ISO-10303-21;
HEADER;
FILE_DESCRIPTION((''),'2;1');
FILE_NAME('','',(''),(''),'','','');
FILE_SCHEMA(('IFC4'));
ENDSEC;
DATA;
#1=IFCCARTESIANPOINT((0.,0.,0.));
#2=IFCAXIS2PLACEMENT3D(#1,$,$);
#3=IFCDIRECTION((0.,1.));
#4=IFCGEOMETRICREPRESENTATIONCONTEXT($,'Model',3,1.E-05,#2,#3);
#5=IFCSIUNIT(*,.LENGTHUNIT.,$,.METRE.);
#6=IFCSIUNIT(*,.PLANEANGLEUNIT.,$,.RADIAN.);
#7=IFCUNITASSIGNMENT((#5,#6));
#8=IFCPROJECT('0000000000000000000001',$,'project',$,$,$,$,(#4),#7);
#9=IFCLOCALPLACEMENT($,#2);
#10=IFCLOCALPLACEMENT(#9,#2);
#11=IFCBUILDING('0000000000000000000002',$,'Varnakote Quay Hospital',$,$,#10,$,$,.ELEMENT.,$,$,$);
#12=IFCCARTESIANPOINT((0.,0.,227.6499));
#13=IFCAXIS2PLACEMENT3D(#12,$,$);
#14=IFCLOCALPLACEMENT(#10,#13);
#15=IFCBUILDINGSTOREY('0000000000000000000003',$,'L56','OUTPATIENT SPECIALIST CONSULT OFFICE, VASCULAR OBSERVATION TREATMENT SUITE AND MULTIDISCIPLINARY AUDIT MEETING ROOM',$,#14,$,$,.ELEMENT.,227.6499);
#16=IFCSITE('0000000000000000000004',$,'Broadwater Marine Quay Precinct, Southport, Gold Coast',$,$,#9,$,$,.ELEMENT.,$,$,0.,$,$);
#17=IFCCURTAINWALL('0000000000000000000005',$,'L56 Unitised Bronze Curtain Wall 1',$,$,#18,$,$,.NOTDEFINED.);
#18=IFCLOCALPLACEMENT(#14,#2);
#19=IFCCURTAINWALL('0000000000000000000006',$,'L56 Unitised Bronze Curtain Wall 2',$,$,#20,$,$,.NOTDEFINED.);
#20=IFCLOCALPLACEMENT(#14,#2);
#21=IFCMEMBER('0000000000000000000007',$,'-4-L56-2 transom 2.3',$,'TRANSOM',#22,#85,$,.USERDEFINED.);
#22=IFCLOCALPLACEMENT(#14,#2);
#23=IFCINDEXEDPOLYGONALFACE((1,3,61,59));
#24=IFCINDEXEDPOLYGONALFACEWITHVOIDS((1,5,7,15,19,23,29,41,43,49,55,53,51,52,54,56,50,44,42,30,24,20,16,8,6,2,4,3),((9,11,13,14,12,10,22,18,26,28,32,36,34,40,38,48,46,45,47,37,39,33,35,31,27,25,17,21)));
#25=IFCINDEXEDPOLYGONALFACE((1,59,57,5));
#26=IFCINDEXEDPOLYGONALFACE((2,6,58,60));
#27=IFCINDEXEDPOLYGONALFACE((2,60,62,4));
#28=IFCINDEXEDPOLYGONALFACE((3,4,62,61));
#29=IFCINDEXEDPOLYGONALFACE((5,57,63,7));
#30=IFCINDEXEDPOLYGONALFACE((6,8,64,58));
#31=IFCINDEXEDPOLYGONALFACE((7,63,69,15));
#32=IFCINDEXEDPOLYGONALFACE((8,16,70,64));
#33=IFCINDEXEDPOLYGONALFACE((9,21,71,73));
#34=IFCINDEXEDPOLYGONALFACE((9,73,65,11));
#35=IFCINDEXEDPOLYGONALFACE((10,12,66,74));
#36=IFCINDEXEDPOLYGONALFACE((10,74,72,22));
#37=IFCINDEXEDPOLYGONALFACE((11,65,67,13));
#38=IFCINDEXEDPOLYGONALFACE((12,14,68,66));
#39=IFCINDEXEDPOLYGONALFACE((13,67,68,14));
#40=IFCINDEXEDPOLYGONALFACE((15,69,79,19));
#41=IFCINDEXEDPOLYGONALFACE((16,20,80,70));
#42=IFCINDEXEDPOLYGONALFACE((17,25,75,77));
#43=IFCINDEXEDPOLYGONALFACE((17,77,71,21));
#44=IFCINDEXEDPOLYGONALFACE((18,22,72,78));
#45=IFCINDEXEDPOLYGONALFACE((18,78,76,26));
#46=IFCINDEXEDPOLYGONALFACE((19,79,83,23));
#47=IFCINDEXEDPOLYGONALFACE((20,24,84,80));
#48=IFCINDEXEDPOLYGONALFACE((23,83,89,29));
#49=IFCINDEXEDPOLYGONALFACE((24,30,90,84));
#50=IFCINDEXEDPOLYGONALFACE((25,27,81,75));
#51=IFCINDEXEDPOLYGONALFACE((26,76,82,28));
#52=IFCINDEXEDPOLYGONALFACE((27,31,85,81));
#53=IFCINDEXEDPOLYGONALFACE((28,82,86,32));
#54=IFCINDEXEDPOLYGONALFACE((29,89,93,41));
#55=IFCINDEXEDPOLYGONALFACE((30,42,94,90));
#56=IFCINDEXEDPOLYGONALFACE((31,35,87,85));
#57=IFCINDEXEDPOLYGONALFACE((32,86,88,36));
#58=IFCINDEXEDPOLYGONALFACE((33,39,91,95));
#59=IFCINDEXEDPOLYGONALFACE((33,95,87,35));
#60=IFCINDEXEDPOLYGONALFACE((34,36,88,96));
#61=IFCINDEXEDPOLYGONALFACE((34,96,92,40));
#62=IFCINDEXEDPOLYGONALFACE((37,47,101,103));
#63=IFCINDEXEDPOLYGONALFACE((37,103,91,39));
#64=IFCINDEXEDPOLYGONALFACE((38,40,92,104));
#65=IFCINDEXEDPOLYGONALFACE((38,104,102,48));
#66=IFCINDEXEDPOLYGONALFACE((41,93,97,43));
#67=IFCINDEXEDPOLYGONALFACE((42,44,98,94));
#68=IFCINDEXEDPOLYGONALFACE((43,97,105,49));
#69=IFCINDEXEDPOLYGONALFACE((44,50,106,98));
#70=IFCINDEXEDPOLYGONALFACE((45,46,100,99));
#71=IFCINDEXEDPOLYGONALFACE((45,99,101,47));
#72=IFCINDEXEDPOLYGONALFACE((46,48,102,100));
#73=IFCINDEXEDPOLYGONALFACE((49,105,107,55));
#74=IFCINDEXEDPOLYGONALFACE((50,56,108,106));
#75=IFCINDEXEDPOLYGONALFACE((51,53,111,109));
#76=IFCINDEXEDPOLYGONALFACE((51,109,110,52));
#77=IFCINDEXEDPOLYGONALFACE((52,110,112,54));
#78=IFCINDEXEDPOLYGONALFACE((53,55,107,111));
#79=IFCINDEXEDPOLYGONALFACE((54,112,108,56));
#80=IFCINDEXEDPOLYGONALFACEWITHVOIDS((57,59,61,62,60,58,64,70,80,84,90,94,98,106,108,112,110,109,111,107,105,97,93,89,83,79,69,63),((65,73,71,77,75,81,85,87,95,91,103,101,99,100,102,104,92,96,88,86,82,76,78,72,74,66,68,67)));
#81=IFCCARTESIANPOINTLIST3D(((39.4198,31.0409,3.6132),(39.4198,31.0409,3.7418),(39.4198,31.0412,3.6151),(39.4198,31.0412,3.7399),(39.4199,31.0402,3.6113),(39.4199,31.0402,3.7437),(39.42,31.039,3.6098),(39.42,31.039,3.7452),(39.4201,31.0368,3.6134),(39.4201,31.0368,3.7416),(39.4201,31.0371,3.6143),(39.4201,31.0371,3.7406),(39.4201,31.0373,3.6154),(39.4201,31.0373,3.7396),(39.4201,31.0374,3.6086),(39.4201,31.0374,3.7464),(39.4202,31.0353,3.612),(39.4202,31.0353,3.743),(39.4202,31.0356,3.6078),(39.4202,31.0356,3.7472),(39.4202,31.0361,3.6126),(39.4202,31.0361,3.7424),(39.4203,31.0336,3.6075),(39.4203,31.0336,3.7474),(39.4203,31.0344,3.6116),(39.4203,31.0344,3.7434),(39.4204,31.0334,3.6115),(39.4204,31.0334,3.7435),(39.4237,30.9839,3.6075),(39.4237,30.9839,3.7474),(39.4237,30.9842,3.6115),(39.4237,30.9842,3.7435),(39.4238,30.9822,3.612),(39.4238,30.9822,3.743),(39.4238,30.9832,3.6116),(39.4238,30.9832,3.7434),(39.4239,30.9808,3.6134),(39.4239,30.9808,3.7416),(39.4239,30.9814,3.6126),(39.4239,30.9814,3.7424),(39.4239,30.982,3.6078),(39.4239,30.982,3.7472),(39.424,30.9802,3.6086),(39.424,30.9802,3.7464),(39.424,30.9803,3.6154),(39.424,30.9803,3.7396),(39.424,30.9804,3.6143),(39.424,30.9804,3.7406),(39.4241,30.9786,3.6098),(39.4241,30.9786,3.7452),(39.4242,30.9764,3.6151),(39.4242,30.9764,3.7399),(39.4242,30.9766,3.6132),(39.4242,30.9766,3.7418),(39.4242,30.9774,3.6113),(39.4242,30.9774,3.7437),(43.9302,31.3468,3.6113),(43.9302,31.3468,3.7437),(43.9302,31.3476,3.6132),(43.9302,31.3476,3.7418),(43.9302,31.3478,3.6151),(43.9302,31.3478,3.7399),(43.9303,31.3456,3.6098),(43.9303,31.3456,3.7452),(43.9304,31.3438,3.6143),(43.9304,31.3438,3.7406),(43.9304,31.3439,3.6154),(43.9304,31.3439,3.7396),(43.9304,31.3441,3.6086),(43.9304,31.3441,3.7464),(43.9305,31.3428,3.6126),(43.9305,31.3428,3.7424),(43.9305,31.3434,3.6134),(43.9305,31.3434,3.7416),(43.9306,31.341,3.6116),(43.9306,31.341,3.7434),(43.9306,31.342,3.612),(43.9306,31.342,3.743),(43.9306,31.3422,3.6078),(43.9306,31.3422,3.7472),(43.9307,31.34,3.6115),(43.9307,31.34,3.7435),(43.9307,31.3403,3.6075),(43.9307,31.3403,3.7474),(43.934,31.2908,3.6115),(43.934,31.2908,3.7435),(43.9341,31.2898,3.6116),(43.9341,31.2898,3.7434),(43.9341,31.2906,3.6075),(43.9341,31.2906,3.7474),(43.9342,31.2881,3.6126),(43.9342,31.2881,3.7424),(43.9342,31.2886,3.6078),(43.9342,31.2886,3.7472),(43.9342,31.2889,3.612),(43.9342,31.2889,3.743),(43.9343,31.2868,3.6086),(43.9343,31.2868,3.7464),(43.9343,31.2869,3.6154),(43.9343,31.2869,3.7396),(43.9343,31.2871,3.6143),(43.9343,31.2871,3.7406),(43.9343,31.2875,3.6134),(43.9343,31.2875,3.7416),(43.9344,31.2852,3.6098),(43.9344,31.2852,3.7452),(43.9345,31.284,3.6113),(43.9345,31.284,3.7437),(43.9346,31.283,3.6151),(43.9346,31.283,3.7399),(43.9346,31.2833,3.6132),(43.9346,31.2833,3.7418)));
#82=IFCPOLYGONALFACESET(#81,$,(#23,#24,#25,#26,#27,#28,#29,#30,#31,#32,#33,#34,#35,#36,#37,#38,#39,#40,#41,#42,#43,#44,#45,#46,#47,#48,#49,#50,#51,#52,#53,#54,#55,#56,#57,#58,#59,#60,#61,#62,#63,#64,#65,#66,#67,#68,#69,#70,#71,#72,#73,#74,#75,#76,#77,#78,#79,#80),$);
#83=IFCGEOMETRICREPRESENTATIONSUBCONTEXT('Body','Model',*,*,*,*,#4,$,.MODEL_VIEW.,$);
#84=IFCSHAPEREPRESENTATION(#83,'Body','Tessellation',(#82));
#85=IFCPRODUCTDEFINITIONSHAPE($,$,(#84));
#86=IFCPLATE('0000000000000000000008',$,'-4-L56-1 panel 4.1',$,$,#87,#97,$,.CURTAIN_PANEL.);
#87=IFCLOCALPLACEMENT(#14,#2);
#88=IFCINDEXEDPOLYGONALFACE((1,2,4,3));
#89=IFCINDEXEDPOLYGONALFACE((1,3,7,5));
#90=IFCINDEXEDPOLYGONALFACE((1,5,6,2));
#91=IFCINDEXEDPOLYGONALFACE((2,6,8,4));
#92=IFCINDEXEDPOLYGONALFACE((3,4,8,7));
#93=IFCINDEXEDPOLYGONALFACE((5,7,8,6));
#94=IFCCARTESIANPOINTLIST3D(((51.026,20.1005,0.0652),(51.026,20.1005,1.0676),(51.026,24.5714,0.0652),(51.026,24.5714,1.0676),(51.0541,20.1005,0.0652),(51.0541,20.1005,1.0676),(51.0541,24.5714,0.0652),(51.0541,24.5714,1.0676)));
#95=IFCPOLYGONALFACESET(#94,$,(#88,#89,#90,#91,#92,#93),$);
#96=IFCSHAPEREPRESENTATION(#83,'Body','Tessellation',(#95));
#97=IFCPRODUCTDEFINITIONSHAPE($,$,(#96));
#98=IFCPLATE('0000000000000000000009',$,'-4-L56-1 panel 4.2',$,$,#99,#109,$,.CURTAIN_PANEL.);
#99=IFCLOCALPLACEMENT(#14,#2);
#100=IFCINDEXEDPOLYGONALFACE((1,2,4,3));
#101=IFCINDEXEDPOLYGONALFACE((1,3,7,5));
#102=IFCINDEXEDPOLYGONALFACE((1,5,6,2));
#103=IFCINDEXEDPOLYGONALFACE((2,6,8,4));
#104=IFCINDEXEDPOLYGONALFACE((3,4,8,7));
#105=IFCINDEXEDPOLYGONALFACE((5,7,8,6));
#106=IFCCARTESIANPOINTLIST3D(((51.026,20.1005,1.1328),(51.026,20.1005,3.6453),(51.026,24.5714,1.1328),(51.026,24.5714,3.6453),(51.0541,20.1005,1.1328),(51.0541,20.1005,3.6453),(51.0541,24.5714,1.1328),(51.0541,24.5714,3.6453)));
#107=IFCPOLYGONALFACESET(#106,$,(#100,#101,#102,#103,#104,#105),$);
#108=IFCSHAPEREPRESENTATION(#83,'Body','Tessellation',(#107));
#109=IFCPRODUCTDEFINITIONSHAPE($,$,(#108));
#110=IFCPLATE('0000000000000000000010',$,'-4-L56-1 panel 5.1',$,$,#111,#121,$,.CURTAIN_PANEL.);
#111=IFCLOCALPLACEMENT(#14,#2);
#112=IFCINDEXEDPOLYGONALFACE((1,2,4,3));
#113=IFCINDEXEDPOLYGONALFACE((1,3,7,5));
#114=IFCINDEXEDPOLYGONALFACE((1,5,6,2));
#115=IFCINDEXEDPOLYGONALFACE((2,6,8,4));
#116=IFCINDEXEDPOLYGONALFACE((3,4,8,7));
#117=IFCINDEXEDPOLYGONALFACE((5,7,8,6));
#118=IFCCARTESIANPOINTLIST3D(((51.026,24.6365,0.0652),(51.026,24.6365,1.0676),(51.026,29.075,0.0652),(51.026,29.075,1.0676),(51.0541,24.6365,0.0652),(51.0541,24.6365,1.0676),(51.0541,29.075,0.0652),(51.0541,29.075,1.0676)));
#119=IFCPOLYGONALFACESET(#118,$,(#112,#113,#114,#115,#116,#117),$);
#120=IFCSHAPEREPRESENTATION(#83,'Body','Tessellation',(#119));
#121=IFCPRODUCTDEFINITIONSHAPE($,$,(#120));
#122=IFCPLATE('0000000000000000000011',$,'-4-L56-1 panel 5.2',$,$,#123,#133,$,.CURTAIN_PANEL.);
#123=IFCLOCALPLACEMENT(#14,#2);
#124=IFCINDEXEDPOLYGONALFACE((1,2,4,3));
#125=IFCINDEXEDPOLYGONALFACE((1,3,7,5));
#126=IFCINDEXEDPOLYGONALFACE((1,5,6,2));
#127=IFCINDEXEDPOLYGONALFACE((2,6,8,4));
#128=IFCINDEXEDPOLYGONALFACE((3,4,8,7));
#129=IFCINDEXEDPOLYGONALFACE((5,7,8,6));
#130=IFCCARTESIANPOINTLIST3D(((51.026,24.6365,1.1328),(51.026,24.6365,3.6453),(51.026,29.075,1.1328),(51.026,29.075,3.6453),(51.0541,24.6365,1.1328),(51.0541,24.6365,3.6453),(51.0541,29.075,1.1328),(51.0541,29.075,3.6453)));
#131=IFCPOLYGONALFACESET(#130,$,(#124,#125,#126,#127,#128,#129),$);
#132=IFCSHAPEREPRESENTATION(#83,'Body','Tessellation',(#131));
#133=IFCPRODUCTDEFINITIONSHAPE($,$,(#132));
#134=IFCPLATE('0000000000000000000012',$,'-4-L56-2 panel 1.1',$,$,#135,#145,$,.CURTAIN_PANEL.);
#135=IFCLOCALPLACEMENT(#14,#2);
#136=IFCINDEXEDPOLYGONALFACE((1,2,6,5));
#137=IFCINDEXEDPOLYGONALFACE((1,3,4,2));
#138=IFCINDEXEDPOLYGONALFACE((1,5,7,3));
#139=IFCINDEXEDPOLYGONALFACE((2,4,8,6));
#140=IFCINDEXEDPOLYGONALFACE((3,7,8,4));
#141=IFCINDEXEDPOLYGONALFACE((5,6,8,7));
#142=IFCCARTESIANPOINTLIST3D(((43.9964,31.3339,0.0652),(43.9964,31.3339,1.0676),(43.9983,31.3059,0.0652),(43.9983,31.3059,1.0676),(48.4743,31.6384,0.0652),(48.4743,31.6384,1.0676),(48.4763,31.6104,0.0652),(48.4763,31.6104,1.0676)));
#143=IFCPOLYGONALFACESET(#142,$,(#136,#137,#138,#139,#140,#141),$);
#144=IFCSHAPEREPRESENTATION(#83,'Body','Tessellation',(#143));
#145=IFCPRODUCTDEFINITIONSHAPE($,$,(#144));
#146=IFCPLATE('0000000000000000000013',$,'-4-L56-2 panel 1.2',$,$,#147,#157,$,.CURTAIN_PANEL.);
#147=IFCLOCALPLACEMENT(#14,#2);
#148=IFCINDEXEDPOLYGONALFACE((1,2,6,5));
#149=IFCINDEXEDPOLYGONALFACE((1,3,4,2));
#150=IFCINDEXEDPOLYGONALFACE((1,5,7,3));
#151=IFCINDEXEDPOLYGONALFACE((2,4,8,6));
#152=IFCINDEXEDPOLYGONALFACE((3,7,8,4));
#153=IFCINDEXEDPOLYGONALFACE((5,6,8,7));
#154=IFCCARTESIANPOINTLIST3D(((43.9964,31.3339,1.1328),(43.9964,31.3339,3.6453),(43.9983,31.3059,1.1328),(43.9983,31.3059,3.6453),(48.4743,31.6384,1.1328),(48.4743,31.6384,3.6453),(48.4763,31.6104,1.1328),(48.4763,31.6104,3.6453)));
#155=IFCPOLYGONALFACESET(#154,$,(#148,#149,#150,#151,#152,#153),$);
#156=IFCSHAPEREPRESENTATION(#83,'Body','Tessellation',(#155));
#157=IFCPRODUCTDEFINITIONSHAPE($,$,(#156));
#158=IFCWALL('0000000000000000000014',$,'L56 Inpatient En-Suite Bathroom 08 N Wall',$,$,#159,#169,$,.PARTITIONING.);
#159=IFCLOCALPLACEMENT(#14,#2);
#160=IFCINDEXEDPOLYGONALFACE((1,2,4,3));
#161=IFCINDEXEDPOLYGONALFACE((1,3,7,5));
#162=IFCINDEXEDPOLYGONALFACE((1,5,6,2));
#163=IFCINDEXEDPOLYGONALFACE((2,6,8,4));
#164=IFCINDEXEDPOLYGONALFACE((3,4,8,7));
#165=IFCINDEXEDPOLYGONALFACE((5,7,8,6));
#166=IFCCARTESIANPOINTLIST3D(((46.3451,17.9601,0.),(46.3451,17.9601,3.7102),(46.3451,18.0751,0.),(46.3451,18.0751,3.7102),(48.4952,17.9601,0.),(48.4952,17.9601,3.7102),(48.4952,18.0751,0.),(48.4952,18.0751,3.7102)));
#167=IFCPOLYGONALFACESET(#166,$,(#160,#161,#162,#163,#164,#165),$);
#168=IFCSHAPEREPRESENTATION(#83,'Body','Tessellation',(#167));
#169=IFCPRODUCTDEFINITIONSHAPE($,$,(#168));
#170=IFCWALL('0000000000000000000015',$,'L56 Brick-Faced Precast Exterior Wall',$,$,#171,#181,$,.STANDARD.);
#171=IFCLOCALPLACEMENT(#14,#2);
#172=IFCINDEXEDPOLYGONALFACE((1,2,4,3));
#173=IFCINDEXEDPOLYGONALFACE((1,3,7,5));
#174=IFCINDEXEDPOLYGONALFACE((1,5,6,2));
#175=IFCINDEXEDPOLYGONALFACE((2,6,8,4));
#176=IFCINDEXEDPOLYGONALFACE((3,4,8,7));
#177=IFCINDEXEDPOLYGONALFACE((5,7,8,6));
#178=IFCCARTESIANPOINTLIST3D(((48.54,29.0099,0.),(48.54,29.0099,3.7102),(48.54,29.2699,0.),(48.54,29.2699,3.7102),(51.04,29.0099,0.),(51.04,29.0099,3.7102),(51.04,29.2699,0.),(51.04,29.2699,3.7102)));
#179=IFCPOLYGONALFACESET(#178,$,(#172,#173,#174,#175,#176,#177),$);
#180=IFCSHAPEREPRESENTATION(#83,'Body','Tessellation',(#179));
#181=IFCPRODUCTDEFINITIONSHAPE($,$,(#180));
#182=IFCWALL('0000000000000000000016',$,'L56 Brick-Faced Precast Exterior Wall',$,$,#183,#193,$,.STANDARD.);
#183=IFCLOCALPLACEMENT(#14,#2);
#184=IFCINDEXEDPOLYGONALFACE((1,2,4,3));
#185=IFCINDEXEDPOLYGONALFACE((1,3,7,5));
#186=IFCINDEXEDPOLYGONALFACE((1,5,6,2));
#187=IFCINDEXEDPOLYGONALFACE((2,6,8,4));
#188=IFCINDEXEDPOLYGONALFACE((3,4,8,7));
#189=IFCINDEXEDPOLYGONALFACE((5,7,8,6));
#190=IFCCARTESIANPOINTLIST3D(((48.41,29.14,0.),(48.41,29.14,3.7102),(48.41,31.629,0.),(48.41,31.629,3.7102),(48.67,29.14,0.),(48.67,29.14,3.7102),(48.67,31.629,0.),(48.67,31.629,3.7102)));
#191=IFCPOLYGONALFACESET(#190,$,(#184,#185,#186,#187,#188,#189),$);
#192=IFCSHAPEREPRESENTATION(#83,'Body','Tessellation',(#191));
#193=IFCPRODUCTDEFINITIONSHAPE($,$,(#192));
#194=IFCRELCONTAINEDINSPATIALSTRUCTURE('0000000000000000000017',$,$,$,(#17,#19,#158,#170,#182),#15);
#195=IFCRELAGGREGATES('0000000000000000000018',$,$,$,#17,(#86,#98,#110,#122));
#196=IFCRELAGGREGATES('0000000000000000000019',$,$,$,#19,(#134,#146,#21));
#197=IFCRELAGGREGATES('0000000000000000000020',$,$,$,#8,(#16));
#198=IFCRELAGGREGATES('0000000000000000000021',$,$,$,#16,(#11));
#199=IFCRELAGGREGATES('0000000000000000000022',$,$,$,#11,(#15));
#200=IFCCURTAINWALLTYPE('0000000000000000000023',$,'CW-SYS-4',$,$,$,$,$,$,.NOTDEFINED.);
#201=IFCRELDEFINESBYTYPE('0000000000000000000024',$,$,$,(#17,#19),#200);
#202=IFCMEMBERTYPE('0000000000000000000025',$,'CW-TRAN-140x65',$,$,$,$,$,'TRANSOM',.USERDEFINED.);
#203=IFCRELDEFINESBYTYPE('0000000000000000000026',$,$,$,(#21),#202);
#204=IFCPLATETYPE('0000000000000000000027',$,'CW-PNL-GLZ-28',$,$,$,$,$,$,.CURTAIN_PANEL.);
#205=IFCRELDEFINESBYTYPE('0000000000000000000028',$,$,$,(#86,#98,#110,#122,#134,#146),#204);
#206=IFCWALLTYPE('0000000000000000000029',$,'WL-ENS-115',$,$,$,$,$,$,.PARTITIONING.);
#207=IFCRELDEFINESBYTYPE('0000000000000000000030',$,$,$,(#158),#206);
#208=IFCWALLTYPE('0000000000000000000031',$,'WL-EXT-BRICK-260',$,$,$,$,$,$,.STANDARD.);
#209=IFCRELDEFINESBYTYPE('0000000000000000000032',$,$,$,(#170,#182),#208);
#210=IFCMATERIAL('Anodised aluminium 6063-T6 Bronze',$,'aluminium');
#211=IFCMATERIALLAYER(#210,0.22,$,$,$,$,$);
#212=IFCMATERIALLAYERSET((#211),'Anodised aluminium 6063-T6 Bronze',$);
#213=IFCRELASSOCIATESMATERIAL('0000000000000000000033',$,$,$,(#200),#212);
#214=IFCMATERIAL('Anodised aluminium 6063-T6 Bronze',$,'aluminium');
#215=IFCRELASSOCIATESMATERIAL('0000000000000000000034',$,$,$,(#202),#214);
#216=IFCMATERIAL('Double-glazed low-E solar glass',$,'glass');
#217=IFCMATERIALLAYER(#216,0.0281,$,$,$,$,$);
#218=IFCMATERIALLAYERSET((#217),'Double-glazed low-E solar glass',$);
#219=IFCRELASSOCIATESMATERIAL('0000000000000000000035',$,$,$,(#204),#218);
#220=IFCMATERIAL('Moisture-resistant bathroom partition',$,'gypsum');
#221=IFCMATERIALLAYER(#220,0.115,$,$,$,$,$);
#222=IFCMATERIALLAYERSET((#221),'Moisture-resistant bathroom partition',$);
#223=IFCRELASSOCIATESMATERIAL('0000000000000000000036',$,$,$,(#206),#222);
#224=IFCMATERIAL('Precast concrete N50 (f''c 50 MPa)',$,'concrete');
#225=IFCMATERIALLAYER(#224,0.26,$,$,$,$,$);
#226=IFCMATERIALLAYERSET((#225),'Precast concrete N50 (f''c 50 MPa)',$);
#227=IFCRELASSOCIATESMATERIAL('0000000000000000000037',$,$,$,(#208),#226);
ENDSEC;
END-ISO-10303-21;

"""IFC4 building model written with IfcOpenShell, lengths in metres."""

from ifc_helpers import new_model, si_unit, direction, frame, frame_2d, origin, origin_2d, place, context, subcontext, project, spatial, rectangle, hollow_rectangle, extrude, material, layer, layer_set, material_profile, profile_set, type_object, element, aggregate, save


model = new_model("IFC4")

# Units and contexts
model_context = context("Model", 3, precision=1e-05, world=origin(), true_north=direction((0.0, 1.0)))
body_context = subcontext(model_context, "Body", "Model", "MODEL_VIEW")
ifc_project = project(units=[si_unit("LENGTHUNIT", "METRE"), si_unit("PLANEANGLEUNIT", "RADIAN")], contexts=[model_context])

# Site, building, storey
site_placement = place(None, origin())
site = spatial("IfcSite", under=ifc_project, at=site_placement, Name="Broadwater Marine Quay Precinct, Southport, Gold Coast", CompositionType="ELEMENT", RefElevation=0.0)
building_placement = place(site_placement, origin())
building = spatial("IfcBuilding", under=site, at=building_placement, Name="Varnakote Quay Hospital", CompositionType="ELEMENT")
storey_placement = place(building_placement, frame((0.0, 0.0, 227.6499)))
storey = spatial("IfcBuildingStorey", under=building, at=storey_placement, Name="L56", Description="OUTPATIENT SPECIALIST CONSULT OFFICE, VASCULAR OBSERVATION TREATMENT SUITE AND MULTIDISCIPLINARY AUDIT MEETING ROOM", CompositionType="ELEMENT", Elevation=227.6499)

# Curtain walls
ifc_material_1 = material(Name="Anodised aluminium 6063-T6 Bronze", Category="aluminium")
ifc_layer_1 = layer(ifc_material_1, 0.22)
ifc_layer_set_1 = layer_set([ifc_layer_1], Name="Anodised aluminium 6063-T6 Bronze")
curtain_wall_type = type_object("IfcCurtainWallType", Name="CW-SYS-4", PredefinedType="NOTDEFINED", material=ifc_layer_set_1)
curtain_wall_1_placement = place(storey_placement, origin())
curtain_wall_1 = element("IfcCurtainWall", 1, at=curtain_wall_1_placement, inside=storey, type_object=curtain_wall_type, Name="L56 Unitised Bronze Curtain Wall 1", PredefinedType="NOTDEFINED")
curtain_wall_2_placement = place(storey_placement, origin())
curtain_wall_2 = element("IfcCurtainWall", 2, at=curtain_wall_2_placement, inside=storey, type_object=curtain_wall_type, Name="L56 Unitised Bronze Curtain Wall 2", PredefinedType="NOTDEFINED")

# Member
ifc_material_2 = material(Name="Anodised aluminium 6063-T6 Bronze", Category="aluminium")
ifc_material_profile_1 = material_profile(ifc_material_2, hollow_rectangle(XDim=0.0649, YDim=0.1399, WallThickness=0.0039, InnerFilletRadius=0.0039, OuterFilletRadius=0.0076, at=origin_2d()), Name="CW-TRAN-140x65")
ifc_profile_set_1 = profile_set([ifc_material_profile_1], Name="Anodised aluminium 6063-T6 Bronze")
member_type_1 = type_object("IfcMemberType", Name="CW-TRAN-140x65", ElementType="TRANSOM", PredefinedType="USERDEFINED", material=ifc_profile_set_1)
member_1_placement = place(storey_placement, frame((43.9324, 31.3154, 3.6775), z_axis=(-0.997697, -0.067831, 0.0), x_axis=(0.067831, -0.997697, 0.0)))
member_1 = element("IfcMember", 3, at=member_1_placement, type_object=member_type_1, Name="-4-L56-2 transom 2.3", ObjectType="TRANSOM", PredefinedType="USERDEFINED", context=body_context, shape_type="SweptSolid", body=[
    extrude(hollow_rectangle(XDim=0.0649, YDim=0.1399, WallThickness=0.0039, InnerFilletRadius=0.0039, OuterFilletRadius=0.0076, at=origin_2d()), origin(), (0.0, 0.0, 1.0), 4.5208),
])

# Plates
ifc_material_3 = material(Name="Double-glazed low-E solar glass", Category="glass")
ifc_layer_2 = layer(ifc_material_3, 0.0281)
ifc_layer_set_2 = layer_set([ifc_layer_2], Name="Double-glazed low-E solar glass")
plate_type = type_object("IfcPlateType", Name="CW-PNL-GLZ-28", PredefinedType="CURTAIN_PANEL", material=ifc_layer_set_2)
plate_1_placement = place(storey_placement, frame((51.04, 22.3359, 0.0652), z_axis=(0.0, 0.0, 1.0), x_axis=(0.0, 1.0, 0.0)))
plate_1 = element("IfcPlate", 4, at=plate_1_placement, type_object=plate_type, Name="-4-L56-1 panel 4.1", PredefinedType="CURTAIN_PANEL", context=body_context, shape_type="SweptSolid", body=[
    extrude(rectangle(XDim=4.4709, YDim=0.0281, at=origin_2d()), origin(), (0.0, 0.0, 1.0), 1.0024),
])
plate_2_placement = place(storey_placement, frame((51.04, 22.3359, 1.1328), z_axis=(0.0, 0.0, 1.0), x_axis=(0.0, 1.0, 0.0)))
plate_2 = element("IfcPlate", 5, at=plate_2_placement, type_object=plate_type, Name="-4-L56-1 panel 4.2", PredefinedType="CURTAIN_PANEL", context=body_context, shape_type="SweptSolid", body=[
    extrude(rectangle(XDim=4.4709, YDim=0.0281, at=origin_2d()), origin(), (0.0, 0.0, 1.0), 2.5125),
])
plate_3_placement = place(storey_placement, frame((51.04, 26.8557, 0.0652), z_axis=(0.0, 0.0, 1.0), x_axis=(0.0, 1.0, 0.0)))
plate_3 = element("IfcPlate", 6, at=plate_3_placement, type_object=plate_type, Name="-4-L56-1 panel 5.1", PredefinedType="CURTAIN_PANEL", context=body_context, shape_type="SweptSolid", body=[
    extrude(rectangle(XDim=4.4385, YDim=0.0281, at=origin_2d()), origin(), (0.0, 0.0, 1.0), 1.0024),
])
plate_4_placement = place(storey_placement, frame((51.04, 26.8557, 1.1328), z_axis=(0.0, 0.0, 1.0), x_axis=(0.0, 1.0, 0.0)))
plate_4 = element("IfcPlate", 7, at=plate_4_placement, type_object=plate_type, Name="-4-L56-1 panel 5.2", PredefinedType="CURTAIN_PANEL", context=body_context, shape_type="SweptSolid", body=[
    extrude(rectangle(XDim=4.4385, YDim=0.0281, at=origin_2d()), origin(), (0.0, 0.0, 1.0), 2.5125),
])
aggregate(curtain_wall_1, [plate_1, plate_2, plate_3, plate_4])
plate_5_placement = place(storey_placement, frame((46.2363, 31.4722, 0.0652), z_axis=(0.0, 0.0, 1.0), x_axis=(-0.997696, -0.067842, 0.0)))
plate_5 = element("IfcPlate", 8, at=plate_5_placement, type_object=plate_type, Name="-4-L56-2 panel 1.1", PredefinedType="CURTAIN_PANEL", context=body_context, shape_type="SweptSolid", body=[
    extrude(rectangle(XDim=4.4883, YDim=0.0281, at=origin_2d()), origin(), (0.0, 0.0, 1.0), 1.0024),
])
plate_6_placement = place(storey_placement, frame((46.2363, 31.4722, 1.1328), z_axis=(0.0, 0.0, 1.0), x_axis=(-0.997696, -0.067842, 0.0)))
plate_6 = element("IfcPlate", 9, at=plate_6_placement, type_object=plate_type, Name="-4-L56-2 panel 1.2", PredefinedType="CURTAIN_PANEL", context=body_context, shape_type="SweptSolid", body=[
    extrude(rectangle(XDim=4.4883, YDim=0.0281, at=origin_2d()), origin(), (0.0, 0.0, 1.0), 2.5125),
])
aggregate(curtain_wall_2, [plate_5, plate_6, member_1])

# Walls
ifc_material_4 = material(Name="Moisture-resistant bathroom partition", Category="gypsum")
ifc_layer_3 = layer(ifc_material_4, 0.115)
ifc_layer_set_3 = layer_set([ifc_layer_3], Name="Moisture-resistant bathroom partition")
wall_type_1 = type_object("IfcWallType", Name="WL-ENS-115", PredefinedType="PARTITIONING", material=ifc_layer_set_3)
wall_1_placement = place(storey_placement, frame((46.345, 18.0176, 0.0), z_axis=(0.0, 0.0, 1.0), x_axis=(1.0, 0.0, 0.0)))
element("IfcWall", 10, at=wall_1_placement, inside=storey, type_object=wall_type_1, Name="L56 Inpatient En-Suite Bathroom 08 N Wall", PredefinedType="PARTITIONING", context=body_context, shape_type="SweptSolid", body=[
    extrude(rectangle(XDim=2.1501, YDim=0.115, at=frame_2d((1.0752, 0.0))), origin(), (0.0, 0.0, 1.0), 3.7102),
])
ifc_material_5 = material(Name="Precast concrete N50 (f'c 50 MPa)", Category="concrete")
ifc_layer_4 = layer(ifc_material_5, 0.26)
ifc_layer_set_4 = layer_set([ifc_layer_4], Name="Precast concrete N50 (f'c 50 MPa)")
wall_type_2 = type_object("IfcWallType", Name="WL-EXT-BRICK-260", PredefinedType="STANDARD", material=ifc_layer_set_4)
wall_2_placement = place(storey_placement, frame((51.04, 29.1399, 0.0), z_axis=(0.0, 0.0, 1.0), x_axis=(-1.0, 0.0, 0.0)))
element("IfcWall", 11, at=wall_2_placement, inside=storey, type_object=wall_type_2, Name="L56 Brick-Faced Precast Exterior Wall", PredefinedType="STANDARD", context=body_context, shape_type="SweptSolid", body=[
    extrude(rectangle(XDim=2.5, YDim=0.26, at=frame_2d((1.25, 0.0))), origin(), (0.0, 0.0, 1.0), 3.7102),
])
wall_3_placement = place(storey_placement, frame((48.54, 29.1399, 0.0), z_axis=(0.0, 0.0, 1.0), x_axis=(0.0, 1.0, 0.0)))
element("IfcWall", 12, at=wall_3_placement, inside=storey, type_object=wall_type_2, Name="L56 Brick-Faced Precast Exterior Wall", PredefinedType="STANDARD", context=body_context, shape_type="SweptSolid", body=[
    extrude(rectangle(XDim=2.489, YDim=0.26, at=frame_2d((1.2446, 0.0))), origin(), (0.0, 0.0, 1.0), 3.7102),
])

save(model, "model.ifc")
